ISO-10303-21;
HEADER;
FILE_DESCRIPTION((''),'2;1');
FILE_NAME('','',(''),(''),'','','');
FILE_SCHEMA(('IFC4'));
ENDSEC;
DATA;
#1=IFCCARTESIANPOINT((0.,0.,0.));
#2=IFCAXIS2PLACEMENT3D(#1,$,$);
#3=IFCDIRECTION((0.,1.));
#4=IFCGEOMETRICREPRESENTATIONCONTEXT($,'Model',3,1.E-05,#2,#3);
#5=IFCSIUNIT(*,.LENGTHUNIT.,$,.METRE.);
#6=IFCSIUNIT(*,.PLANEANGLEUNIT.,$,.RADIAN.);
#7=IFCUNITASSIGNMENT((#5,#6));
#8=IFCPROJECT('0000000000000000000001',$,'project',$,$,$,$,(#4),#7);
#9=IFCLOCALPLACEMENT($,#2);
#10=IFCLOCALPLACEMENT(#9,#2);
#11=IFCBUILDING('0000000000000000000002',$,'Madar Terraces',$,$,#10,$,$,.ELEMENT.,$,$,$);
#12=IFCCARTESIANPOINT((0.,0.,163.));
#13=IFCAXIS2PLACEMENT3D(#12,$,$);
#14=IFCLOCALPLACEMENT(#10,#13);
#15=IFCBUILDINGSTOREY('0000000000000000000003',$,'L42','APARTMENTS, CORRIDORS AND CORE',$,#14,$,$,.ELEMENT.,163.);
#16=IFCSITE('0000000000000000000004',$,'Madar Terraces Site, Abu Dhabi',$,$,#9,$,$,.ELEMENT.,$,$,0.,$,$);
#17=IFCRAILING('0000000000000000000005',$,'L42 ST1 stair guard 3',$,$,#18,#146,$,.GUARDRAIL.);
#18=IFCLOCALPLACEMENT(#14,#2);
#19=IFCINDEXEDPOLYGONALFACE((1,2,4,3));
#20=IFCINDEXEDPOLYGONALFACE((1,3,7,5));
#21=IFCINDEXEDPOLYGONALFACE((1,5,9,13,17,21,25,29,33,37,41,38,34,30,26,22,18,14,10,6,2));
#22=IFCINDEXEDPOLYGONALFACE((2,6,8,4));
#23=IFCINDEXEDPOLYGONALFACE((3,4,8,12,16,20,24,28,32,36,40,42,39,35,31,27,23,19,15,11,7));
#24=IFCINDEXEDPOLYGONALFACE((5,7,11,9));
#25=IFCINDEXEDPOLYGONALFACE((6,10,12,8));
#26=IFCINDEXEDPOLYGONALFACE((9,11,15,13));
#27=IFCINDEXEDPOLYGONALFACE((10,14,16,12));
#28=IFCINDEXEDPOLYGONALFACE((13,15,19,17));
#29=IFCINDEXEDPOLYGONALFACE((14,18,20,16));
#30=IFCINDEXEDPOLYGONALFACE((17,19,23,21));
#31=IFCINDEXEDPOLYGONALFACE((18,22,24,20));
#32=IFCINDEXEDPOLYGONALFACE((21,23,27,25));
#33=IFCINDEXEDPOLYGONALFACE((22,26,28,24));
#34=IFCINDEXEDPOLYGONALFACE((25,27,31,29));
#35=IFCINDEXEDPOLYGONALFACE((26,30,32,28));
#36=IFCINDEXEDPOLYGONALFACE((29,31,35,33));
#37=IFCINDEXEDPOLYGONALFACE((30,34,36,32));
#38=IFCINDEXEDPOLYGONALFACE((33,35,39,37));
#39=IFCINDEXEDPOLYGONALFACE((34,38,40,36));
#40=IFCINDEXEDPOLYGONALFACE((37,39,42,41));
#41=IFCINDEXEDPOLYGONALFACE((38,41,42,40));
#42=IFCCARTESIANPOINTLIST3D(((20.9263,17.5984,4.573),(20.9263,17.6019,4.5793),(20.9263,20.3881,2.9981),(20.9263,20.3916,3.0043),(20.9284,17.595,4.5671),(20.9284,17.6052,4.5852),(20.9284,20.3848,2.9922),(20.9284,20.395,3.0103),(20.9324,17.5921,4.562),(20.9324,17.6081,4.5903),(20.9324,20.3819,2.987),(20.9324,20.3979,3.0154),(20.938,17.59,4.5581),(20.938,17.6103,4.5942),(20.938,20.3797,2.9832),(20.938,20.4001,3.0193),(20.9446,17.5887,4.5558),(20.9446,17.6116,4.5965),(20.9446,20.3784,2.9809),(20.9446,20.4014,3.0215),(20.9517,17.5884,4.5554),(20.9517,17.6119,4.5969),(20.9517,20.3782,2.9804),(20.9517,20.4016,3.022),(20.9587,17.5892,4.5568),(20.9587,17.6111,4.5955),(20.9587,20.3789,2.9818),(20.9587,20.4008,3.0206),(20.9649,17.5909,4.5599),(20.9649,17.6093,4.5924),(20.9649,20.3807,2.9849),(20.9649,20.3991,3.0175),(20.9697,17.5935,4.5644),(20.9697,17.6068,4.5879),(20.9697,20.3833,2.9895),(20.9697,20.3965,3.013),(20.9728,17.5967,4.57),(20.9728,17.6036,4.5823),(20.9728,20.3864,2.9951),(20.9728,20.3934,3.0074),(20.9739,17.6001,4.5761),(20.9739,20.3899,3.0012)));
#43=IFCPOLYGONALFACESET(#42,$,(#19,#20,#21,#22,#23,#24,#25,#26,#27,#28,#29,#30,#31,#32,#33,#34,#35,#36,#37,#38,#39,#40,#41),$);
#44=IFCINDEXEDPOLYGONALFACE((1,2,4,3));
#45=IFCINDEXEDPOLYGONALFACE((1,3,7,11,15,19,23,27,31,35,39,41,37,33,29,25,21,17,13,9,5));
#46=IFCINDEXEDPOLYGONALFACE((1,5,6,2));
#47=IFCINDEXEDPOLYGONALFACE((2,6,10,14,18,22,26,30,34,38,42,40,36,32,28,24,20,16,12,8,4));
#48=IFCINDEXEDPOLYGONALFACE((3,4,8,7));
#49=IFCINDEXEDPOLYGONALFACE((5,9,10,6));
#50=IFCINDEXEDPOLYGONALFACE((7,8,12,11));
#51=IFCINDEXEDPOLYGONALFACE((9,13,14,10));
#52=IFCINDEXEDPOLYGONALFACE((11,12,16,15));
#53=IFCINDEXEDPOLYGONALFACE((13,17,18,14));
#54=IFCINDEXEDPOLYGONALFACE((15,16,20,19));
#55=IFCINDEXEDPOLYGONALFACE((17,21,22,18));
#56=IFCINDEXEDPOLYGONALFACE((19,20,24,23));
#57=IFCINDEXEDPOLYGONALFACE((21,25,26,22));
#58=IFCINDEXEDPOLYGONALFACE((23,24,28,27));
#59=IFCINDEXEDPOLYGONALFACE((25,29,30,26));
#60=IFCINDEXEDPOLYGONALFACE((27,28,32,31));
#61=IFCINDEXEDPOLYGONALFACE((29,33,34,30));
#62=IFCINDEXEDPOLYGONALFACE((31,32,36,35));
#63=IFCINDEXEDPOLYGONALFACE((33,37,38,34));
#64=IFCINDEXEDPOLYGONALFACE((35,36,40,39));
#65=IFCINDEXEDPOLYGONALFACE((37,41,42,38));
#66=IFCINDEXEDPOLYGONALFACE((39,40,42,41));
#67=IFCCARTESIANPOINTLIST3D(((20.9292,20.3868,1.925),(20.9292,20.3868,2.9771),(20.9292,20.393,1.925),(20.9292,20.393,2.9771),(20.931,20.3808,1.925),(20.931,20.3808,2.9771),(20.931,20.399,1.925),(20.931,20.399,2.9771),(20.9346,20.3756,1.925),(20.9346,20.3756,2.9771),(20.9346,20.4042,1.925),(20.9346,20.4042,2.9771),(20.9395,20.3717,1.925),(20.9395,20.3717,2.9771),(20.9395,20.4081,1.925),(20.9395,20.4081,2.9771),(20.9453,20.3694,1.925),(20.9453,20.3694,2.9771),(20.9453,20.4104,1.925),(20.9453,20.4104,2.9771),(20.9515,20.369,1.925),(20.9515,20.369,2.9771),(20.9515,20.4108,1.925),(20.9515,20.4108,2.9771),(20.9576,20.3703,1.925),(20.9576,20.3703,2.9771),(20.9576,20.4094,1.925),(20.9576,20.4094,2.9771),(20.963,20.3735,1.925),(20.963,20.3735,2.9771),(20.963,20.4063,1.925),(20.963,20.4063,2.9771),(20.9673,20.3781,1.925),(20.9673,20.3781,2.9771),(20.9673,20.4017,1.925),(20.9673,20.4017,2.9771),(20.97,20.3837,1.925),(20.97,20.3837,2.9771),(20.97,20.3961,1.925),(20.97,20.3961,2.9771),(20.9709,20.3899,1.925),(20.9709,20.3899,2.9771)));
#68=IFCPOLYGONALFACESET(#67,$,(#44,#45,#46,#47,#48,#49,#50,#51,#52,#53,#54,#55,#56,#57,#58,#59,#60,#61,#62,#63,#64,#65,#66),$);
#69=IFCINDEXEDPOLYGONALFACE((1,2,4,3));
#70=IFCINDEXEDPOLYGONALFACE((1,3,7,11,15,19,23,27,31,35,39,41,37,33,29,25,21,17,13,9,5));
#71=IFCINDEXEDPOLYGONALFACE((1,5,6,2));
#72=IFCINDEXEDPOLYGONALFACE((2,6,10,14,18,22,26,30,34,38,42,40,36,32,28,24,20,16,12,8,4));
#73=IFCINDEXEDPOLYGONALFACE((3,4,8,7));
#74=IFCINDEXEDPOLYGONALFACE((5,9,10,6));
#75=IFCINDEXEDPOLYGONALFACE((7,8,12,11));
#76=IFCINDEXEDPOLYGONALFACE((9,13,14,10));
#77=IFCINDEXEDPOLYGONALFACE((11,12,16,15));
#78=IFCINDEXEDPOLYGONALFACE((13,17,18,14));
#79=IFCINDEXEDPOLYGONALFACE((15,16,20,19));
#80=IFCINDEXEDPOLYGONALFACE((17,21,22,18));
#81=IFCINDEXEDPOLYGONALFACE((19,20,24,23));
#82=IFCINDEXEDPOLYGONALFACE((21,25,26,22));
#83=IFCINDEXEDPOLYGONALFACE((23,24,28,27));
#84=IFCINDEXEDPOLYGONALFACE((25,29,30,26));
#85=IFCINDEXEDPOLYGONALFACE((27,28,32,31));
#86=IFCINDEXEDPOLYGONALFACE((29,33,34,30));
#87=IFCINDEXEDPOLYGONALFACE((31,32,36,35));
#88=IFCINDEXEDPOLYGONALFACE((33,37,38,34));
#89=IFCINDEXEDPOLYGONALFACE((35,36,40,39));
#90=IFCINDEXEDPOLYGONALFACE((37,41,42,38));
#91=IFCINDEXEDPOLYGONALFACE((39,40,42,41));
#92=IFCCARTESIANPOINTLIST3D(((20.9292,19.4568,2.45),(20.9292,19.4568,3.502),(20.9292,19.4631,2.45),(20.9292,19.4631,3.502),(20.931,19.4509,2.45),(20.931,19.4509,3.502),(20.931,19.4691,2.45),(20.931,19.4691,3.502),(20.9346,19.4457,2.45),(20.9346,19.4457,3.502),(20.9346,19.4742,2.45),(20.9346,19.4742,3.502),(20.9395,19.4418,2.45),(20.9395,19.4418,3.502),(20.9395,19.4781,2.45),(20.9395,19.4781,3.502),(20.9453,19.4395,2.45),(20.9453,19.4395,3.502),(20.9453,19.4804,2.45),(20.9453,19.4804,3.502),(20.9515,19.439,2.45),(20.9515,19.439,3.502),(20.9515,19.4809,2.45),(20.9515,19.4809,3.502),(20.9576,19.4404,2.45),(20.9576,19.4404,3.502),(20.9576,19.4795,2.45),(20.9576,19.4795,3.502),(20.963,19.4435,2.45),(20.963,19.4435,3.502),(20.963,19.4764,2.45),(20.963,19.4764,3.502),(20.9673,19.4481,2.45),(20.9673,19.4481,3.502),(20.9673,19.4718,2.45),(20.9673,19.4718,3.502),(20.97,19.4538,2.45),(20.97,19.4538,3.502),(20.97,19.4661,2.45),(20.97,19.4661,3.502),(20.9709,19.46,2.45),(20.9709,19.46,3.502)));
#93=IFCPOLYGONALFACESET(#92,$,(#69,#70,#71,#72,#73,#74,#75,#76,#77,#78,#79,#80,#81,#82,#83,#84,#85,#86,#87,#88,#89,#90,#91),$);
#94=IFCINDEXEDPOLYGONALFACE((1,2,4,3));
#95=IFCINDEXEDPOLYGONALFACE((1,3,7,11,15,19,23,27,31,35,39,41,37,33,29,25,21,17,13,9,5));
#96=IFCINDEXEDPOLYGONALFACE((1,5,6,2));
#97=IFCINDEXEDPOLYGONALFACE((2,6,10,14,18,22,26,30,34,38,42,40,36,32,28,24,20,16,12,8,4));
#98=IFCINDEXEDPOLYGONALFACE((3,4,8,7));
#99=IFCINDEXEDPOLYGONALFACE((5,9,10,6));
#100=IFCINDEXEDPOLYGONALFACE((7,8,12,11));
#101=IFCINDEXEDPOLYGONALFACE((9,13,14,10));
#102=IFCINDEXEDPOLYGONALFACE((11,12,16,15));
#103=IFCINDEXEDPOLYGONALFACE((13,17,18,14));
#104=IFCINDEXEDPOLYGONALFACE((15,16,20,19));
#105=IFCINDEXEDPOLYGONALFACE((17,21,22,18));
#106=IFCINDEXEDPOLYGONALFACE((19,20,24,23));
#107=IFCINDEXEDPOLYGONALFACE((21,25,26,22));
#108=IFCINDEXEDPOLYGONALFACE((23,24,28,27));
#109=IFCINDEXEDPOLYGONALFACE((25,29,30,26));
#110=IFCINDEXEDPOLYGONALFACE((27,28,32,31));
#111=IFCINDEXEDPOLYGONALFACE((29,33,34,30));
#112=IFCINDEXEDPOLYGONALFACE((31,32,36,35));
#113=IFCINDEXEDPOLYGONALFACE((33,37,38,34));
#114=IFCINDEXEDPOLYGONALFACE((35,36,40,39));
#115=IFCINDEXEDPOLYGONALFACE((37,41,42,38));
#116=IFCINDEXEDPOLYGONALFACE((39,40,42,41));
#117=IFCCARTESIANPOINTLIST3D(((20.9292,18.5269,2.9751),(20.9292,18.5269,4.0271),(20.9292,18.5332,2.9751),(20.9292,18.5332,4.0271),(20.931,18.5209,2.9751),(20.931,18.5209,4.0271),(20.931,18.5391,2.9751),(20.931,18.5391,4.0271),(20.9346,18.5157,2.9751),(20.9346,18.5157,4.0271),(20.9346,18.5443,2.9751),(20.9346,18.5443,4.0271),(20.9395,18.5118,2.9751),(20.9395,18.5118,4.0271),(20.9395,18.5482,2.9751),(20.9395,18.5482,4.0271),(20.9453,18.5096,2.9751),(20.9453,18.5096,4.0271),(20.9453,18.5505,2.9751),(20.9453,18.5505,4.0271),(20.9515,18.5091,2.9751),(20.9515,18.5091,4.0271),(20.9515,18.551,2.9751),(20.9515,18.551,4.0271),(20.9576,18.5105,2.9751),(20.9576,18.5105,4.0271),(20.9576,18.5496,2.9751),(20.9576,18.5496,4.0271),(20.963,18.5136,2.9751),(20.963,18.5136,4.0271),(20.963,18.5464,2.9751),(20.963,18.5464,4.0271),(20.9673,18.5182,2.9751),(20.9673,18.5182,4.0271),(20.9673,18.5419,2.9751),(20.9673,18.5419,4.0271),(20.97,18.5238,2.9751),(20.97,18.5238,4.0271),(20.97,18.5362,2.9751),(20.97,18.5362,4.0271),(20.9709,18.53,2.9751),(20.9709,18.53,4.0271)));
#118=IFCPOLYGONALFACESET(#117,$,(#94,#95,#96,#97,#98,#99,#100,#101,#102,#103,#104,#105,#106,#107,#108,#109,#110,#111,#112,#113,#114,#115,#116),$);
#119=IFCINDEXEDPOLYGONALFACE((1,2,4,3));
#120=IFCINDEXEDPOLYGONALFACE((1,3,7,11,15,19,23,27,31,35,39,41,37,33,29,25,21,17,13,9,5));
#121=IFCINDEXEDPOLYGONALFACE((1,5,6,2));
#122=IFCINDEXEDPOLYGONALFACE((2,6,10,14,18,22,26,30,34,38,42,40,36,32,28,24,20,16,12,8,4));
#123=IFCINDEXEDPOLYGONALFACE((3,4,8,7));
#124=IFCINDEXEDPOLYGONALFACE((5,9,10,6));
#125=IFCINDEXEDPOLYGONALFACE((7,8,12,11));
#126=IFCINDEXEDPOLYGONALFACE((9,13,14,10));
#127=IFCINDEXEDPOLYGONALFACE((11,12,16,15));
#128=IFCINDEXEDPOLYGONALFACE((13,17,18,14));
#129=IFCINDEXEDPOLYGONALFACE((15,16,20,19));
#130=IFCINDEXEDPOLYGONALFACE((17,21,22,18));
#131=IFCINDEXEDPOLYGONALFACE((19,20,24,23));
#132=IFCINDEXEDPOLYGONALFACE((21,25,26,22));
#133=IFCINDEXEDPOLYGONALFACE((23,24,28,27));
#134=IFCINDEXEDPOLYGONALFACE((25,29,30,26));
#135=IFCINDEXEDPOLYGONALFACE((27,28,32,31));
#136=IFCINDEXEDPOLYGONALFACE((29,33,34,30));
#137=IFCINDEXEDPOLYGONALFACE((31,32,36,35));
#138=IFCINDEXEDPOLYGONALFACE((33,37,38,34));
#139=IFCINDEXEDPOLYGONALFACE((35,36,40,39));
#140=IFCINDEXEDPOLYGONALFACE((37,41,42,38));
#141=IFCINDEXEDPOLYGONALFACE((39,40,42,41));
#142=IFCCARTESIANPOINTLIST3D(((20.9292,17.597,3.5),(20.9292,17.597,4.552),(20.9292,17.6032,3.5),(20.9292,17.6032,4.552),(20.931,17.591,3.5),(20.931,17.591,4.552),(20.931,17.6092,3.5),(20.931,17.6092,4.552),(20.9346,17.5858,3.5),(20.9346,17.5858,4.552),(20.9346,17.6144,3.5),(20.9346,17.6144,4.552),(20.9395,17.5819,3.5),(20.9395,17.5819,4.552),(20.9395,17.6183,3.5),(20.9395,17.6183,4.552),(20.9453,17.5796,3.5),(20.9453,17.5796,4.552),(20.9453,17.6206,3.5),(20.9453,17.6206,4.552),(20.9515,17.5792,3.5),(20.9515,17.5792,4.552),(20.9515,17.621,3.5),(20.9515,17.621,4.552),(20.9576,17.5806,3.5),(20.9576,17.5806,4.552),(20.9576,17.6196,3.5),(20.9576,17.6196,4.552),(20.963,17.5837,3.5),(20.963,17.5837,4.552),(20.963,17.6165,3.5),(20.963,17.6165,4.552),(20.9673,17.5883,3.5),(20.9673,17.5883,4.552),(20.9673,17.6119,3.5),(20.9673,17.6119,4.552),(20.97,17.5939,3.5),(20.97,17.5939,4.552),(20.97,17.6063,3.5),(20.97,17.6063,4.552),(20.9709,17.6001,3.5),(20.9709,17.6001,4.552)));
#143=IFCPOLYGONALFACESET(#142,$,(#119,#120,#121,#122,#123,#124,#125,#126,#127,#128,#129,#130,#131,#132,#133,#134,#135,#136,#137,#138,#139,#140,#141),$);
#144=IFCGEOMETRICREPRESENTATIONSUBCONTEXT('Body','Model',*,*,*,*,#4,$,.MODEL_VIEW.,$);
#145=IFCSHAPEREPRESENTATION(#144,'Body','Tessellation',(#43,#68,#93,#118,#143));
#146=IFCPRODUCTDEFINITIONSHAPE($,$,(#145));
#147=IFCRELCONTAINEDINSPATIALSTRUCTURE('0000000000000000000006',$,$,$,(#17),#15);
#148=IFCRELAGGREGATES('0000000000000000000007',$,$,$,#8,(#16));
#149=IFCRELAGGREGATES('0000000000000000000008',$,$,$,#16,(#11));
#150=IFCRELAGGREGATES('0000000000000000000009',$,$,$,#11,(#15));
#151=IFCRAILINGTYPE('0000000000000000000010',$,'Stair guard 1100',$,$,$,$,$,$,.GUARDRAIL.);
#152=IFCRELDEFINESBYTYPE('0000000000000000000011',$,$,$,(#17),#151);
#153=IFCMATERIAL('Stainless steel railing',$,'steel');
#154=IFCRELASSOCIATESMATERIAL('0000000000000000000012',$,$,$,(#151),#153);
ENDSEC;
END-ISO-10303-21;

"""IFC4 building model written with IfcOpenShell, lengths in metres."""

from ifc_helpers import new_model, si_unit, direction, frame, origin, origin_2d, place, context, subcontext, project, spatial, circle, extrude, material, type_object, element, save


model = new_model("IFC4")

# Units and contexts
model_context = context("Model", 3, precision=1e-05, world=origin(), true_north=direction((0.0, 1.0)))
body_context = subcontext(model_context, "Body", "Model", "MODEL_VIEW")
ifc_project = project(units=[si_unit("LENGTHUNIT", "METRE"), si_unit("PLANEANGLEUNIT", "RADIAN")], contexts=[model_context])

# Site, building, storey
site_placement = place(None, origin())
site = spatial("IfcSite", under=ifc_project, at=site_placement, Name="Madar Terraces Site, Abu Dhabi", CompositionType="ELEMENT", RefElevation=0.0)
building_placement = place(site_placement, origin())
building = spatial("IfcBuilding", under=site, at=building_placement, Name="Madar Terraces", CompositionType="ELEMENT")
storey_placement = place(building_placement, frame((0.0, 0.0, 163.0)))
storey = spatial("IfcBuildingStorey", under=building, at=storey_placement, Name="L42", Description="APARTMENTS, CORRIDORS AND CORE", CompositionType="ELEMENT", Elevation=163.0)

# Railing
ifc_material_1 = material(Name="Stainless steel railing", Category="steel")
railing_type_1 = type_object("IfcRailingType", Name="Stair guard 1100", PredefinedType="GUARDRAIL", material=ifc_material_1)
railing_1_placement = place(storey_placement, frame((20.95, 20.3899, 1.925)))
element("IfcRailing", 1, at=railing_1_placement, inside=storey, type_object=railing_type_1, Name="L42 ST1 stair guard 3", PredefinedType="GUARDRAIL", context=body_context, shape_type="SweptSolid", body=[
    extrude(circle(Radius=0.0239, at=origin_2d()), frame((0.0, 0.0, 1.0762), z_axis=(0.0, -0.870815, 0.49161), x_axis=(1.0, 0.0, 0.0)), (0.0, 0.0, 1.0), 3.2036),
    extrude(circle(Radius=0.021, at=origin_2d()), origin(), (0.0, 0.0, 1.0), 1.052),
    extrude(circle(Radius=0.021, at=origin_2d()), frame((0.0, -0.9299, 0.5249)), (0.0, 0.0, 1.0), 1.052),
    extrude(circle(Radius=0.021, at=origin_2d()), frame((0.0, -1.8599, 1.05)), (0.0, 0.0, 1.0), 1.052),
    extrude(circle(Radius=0.021, at=origin_2d()), frame((0.0, -2.7898, 1.575)), (0.0, 0.0, 1.0), 1.052),
])

save(model, "model.ifc")
